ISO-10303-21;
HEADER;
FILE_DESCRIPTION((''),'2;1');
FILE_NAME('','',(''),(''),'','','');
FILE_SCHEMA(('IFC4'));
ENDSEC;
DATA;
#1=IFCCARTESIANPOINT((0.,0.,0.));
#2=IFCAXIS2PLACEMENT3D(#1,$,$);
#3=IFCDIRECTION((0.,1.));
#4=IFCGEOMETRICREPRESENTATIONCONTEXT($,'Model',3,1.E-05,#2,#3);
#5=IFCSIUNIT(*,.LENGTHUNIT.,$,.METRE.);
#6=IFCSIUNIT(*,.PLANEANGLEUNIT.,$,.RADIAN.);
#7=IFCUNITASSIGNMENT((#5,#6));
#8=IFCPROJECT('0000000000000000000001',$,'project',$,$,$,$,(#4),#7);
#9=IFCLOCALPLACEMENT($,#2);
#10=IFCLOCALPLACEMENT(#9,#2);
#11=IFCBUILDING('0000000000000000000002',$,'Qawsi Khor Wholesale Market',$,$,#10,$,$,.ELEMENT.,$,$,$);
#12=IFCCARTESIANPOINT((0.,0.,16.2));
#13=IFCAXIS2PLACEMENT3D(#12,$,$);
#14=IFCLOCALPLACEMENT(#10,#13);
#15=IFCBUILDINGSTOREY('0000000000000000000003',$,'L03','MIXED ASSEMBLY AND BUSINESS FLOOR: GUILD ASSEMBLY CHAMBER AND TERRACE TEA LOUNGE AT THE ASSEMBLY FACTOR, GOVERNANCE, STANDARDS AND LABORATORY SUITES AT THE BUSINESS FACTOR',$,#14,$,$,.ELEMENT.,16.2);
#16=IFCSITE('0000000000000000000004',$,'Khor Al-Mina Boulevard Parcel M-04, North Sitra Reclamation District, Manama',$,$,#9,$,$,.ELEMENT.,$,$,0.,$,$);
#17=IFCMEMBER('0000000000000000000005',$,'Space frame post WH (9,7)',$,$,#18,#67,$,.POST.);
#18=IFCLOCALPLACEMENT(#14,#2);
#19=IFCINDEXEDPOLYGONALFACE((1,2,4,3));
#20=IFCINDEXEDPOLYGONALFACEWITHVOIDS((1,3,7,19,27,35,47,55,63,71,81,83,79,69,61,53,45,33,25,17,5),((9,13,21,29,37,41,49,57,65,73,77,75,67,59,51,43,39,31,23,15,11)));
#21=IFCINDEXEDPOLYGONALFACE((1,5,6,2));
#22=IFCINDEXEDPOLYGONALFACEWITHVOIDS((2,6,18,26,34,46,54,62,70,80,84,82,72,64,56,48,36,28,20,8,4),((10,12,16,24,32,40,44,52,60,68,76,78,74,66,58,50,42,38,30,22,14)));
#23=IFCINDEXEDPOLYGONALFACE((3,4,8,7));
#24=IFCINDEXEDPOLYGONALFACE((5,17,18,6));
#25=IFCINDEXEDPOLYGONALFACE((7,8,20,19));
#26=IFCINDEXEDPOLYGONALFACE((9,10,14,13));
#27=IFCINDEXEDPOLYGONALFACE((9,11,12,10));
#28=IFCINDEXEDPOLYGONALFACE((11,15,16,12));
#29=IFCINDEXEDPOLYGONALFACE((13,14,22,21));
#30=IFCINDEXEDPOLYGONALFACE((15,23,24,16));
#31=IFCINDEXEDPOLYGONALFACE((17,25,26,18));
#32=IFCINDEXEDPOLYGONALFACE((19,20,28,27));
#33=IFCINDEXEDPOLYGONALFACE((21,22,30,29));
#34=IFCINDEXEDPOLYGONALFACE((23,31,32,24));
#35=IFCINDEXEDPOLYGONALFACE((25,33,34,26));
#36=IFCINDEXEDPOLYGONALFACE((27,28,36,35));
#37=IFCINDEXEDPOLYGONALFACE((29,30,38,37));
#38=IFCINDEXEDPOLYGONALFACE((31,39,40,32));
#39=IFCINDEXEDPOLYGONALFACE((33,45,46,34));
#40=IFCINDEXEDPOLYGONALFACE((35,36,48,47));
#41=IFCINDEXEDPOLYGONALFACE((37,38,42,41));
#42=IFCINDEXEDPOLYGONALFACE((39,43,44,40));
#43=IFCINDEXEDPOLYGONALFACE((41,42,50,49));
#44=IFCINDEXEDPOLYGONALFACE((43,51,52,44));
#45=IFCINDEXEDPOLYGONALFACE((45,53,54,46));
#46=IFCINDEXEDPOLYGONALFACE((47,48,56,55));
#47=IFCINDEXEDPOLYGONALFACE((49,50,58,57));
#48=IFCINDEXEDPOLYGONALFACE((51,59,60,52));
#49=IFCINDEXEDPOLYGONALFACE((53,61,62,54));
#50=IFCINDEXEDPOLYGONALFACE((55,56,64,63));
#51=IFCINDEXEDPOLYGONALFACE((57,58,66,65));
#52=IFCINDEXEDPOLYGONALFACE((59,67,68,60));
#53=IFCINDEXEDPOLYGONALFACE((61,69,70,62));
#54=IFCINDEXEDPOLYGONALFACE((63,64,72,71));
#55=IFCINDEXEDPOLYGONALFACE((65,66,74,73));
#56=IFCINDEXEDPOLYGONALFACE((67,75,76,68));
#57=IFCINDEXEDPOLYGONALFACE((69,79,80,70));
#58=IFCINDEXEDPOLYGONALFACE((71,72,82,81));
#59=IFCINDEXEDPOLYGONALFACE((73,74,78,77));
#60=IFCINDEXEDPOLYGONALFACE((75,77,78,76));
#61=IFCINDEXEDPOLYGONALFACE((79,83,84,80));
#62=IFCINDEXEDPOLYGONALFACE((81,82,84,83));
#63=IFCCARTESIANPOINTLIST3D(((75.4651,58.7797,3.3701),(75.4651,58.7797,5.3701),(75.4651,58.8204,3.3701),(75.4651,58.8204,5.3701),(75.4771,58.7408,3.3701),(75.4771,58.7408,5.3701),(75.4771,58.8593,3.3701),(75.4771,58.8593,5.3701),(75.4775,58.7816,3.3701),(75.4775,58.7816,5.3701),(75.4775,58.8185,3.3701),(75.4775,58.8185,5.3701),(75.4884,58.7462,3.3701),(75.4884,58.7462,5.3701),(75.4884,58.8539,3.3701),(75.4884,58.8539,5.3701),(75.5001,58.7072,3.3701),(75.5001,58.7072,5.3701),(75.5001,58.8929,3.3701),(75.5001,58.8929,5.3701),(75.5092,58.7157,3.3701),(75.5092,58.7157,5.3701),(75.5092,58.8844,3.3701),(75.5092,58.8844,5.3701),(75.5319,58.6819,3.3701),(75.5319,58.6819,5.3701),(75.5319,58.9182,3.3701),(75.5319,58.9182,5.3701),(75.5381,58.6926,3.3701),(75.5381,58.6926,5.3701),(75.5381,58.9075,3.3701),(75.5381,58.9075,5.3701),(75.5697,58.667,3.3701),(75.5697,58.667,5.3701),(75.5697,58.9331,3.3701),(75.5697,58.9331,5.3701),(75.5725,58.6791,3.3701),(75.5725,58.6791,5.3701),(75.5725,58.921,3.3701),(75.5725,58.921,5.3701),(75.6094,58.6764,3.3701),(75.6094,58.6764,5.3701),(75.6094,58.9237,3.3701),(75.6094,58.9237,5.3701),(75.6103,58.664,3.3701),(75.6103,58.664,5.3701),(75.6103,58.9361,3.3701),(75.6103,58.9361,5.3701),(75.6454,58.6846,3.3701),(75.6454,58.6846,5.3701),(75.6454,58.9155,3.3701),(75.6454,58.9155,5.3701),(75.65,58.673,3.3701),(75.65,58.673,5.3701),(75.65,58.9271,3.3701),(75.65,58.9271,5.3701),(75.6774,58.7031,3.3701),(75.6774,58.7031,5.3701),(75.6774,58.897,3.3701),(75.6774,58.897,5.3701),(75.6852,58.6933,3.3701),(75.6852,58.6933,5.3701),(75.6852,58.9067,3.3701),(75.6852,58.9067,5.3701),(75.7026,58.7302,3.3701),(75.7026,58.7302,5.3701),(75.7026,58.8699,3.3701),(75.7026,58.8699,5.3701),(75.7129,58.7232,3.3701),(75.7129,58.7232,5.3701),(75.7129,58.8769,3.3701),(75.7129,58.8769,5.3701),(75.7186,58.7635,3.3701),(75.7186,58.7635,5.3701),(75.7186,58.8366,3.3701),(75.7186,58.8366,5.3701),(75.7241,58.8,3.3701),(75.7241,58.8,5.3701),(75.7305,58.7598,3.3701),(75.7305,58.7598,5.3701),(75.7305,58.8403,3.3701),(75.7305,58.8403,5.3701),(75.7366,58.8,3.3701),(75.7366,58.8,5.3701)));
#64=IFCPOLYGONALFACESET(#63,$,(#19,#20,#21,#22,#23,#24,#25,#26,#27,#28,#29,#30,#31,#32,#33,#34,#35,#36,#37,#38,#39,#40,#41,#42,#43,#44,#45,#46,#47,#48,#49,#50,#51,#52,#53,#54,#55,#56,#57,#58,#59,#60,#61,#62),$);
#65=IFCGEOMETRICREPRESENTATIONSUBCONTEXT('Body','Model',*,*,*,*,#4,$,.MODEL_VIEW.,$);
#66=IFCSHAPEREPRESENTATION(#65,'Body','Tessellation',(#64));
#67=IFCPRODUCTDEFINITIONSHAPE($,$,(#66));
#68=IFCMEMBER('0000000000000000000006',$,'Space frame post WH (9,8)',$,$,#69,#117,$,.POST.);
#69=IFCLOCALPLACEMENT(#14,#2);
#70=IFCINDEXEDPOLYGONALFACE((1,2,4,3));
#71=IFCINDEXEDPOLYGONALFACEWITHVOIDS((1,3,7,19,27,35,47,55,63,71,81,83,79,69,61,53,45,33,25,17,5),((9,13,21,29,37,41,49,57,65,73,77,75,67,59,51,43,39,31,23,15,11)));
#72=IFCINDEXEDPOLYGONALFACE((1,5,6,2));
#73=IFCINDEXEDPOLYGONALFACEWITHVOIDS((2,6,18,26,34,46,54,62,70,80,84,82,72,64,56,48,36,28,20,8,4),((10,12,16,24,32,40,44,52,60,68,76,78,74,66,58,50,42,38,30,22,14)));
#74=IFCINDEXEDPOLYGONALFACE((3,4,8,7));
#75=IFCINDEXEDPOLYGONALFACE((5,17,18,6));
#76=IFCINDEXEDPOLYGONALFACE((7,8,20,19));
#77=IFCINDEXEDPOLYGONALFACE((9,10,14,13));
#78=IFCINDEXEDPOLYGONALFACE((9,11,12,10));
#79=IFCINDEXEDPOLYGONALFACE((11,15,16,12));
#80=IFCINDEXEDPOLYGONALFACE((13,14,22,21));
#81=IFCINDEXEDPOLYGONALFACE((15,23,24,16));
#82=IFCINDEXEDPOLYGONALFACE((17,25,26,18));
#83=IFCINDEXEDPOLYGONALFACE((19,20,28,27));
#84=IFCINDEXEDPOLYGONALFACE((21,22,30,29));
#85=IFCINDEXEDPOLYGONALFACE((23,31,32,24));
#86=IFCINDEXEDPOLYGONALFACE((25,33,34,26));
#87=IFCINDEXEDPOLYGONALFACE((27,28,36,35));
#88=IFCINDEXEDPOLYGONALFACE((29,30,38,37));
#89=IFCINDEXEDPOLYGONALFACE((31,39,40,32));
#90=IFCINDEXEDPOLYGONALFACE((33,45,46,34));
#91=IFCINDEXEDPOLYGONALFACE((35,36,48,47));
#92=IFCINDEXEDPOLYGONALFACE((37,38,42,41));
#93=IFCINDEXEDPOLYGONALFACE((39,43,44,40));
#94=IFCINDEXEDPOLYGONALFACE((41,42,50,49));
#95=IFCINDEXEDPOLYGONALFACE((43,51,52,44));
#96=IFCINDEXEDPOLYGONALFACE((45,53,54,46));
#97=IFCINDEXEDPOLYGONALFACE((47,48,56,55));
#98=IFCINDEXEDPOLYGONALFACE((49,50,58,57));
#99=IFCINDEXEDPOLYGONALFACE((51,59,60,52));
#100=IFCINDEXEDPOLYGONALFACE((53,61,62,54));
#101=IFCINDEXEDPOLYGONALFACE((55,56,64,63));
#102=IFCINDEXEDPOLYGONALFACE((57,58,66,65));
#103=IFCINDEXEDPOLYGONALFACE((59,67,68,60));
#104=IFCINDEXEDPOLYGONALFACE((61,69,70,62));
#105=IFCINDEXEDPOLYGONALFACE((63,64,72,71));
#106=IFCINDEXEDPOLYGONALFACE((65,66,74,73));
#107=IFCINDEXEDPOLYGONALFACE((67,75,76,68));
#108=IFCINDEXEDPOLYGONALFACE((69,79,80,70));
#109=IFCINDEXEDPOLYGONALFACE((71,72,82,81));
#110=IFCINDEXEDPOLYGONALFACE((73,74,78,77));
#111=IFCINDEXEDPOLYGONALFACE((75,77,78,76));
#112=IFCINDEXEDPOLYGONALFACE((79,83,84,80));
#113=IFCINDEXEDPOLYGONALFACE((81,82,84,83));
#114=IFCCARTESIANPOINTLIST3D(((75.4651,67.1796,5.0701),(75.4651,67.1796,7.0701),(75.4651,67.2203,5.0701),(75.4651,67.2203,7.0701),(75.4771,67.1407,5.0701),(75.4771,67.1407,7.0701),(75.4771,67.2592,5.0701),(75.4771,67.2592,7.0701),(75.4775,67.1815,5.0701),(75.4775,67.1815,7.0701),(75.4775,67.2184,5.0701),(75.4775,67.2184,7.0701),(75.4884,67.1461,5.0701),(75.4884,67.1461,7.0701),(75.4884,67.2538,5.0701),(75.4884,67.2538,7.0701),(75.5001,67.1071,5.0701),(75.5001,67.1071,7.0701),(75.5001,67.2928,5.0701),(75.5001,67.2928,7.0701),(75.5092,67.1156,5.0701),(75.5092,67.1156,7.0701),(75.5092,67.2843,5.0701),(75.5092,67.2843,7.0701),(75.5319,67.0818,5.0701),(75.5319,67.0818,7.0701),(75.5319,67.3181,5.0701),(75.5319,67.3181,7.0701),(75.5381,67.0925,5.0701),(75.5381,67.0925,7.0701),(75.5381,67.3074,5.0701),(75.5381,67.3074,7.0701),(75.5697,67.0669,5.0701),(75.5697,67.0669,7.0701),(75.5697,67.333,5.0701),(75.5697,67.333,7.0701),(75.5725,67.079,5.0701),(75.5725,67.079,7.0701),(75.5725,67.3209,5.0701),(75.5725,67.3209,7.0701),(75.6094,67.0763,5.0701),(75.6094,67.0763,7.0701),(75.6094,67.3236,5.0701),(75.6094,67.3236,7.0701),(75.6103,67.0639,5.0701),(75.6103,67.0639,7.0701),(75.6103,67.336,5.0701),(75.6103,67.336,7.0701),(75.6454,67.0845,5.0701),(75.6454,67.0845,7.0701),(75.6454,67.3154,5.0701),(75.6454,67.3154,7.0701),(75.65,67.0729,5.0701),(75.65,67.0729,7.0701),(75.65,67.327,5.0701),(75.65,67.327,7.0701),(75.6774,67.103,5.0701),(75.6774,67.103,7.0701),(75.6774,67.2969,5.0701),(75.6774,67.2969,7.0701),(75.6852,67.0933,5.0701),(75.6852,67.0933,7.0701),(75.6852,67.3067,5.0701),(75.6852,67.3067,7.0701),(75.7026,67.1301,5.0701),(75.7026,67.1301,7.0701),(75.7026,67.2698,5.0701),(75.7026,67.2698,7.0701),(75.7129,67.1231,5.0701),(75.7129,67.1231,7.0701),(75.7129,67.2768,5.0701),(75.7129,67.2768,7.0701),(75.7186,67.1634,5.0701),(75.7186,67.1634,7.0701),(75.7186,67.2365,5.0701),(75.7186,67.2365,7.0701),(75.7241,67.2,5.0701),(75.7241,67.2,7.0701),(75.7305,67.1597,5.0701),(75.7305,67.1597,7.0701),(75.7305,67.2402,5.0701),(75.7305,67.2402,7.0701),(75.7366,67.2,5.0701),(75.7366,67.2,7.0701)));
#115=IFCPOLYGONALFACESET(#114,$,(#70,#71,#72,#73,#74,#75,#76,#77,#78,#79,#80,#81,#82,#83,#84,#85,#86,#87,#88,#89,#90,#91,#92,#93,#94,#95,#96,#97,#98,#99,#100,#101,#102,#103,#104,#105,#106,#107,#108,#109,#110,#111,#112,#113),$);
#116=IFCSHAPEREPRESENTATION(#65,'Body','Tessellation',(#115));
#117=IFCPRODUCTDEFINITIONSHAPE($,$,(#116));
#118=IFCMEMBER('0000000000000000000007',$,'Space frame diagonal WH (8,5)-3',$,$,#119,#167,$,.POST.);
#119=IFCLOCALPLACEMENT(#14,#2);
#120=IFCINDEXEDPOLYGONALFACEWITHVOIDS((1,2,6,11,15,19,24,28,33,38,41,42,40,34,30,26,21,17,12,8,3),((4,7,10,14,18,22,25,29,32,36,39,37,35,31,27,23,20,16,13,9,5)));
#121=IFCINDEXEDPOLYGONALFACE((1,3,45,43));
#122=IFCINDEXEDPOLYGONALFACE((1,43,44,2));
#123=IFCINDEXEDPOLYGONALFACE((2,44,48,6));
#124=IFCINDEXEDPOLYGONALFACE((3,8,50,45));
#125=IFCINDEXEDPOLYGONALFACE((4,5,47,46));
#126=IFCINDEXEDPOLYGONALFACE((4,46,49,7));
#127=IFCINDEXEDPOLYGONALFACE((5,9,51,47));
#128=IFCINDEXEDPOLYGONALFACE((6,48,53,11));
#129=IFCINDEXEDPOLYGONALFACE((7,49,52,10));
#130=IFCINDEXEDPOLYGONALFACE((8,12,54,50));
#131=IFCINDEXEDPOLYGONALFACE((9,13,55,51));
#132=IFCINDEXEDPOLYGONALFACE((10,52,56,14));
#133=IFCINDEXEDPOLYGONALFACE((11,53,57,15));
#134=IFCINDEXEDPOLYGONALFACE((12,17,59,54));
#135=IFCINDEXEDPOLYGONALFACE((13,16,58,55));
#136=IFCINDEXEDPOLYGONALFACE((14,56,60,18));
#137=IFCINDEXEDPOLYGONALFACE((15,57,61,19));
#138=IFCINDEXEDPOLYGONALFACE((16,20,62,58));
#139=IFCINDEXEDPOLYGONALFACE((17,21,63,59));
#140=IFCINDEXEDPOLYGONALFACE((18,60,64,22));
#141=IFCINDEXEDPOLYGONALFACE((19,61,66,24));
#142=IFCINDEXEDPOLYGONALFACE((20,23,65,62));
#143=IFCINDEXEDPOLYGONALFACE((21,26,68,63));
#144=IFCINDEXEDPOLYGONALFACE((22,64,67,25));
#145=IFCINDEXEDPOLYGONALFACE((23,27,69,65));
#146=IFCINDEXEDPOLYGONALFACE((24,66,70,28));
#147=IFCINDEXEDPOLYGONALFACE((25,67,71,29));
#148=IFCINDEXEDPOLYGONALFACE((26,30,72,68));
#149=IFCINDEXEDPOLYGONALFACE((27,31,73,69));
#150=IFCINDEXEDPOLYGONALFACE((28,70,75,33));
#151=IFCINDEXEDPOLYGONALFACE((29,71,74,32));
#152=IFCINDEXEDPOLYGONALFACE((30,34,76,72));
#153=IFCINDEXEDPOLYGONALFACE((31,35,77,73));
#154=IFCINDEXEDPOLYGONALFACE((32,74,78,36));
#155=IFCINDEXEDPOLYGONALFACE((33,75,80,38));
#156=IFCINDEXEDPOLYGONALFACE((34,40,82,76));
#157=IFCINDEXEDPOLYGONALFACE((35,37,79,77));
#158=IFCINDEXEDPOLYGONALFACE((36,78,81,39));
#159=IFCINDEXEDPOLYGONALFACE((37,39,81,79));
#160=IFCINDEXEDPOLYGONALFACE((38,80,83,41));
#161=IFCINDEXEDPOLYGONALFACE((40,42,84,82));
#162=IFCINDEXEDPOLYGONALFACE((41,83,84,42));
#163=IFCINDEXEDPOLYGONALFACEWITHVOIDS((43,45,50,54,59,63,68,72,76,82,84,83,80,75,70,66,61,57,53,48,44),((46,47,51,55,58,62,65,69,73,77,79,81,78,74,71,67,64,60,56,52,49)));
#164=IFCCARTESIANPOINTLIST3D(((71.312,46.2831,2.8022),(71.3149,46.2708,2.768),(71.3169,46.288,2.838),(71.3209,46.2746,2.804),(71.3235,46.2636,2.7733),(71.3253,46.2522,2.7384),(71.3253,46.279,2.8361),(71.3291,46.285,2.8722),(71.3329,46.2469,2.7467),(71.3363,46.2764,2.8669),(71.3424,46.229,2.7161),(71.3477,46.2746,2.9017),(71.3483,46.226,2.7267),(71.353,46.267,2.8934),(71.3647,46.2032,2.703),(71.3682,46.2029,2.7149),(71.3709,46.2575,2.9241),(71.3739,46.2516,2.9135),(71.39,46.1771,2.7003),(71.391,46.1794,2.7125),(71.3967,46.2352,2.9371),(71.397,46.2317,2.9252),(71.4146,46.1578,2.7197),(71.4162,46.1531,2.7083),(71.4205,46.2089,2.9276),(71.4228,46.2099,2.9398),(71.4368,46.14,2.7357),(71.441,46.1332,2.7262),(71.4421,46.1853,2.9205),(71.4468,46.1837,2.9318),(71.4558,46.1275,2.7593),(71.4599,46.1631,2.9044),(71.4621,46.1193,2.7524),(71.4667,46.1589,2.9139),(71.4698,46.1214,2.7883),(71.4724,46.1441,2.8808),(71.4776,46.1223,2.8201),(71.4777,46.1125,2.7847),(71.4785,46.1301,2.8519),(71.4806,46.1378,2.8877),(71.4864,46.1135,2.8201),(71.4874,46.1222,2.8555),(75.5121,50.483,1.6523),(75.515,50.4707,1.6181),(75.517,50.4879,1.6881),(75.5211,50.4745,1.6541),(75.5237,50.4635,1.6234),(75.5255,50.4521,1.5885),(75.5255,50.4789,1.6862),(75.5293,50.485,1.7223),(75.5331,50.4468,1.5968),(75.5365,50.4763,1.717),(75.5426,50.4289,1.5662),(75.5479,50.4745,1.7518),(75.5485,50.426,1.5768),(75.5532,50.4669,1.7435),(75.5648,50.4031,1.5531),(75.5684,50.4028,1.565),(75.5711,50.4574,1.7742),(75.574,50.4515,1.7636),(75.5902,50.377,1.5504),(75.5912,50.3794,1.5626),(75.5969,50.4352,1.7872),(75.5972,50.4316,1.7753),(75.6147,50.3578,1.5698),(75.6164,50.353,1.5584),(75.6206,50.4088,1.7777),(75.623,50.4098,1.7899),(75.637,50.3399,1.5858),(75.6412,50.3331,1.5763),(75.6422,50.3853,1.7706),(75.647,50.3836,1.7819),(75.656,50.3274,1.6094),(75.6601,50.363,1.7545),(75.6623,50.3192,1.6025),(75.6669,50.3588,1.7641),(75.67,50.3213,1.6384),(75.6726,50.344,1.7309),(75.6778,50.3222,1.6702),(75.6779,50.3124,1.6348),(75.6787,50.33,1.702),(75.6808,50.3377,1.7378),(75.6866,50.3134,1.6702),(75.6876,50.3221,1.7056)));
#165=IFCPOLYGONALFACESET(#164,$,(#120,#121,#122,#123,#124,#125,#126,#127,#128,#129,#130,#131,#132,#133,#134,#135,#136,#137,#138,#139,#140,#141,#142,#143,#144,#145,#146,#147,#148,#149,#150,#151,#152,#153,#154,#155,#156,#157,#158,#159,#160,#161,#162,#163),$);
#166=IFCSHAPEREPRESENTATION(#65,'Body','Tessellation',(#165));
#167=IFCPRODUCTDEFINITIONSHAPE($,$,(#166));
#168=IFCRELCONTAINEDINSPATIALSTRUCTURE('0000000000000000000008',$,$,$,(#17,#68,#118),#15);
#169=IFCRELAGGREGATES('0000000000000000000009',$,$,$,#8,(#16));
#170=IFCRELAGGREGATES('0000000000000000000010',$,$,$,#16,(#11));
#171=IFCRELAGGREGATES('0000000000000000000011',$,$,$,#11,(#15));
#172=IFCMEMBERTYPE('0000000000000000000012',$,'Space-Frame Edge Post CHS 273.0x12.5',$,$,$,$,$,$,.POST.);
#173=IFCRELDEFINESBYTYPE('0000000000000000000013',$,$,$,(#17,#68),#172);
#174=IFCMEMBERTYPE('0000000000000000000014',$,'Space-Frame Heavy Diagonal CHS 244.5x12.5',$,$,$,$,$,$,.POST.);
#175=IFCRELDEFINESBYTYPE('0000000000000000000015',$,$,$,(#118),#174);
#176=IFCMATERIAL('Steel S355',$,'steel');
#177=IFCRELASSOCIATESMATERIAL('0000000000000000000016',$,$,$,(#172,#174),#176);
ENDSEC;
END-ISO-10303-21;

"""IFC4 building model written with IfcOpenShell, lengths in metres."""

from ifc_helpers import new_model, si_unit, direction, frame, origin, origin_2d, place, context, subcontext, project, spatial, hollow_circle, extrude, material, material_profile, profile_set, type_object, element, save


model = new_model("IFC4")

# Units and contexts
model_context = context("Model", 3, precision=1e-05, world=origin(), true_north=direction((0.0, 1.0)))
body_context = subcontext(model_context, "Body", "Model", "MODEL_VIEW")
ifc_project = project(units=[si_unit("LENGTHUNIT", "METRE"), si_unit("PLANEANGLEUNIT", "RADIAN")], contexts=[model_context])

# Site, building, storey
site_placement = place(None, origin())
site = spatial("IfcSite", under=ifc_project, at=site_placement, Name="Khor Al-Mina Boulevard Parcel M-04, North Sitra Reclamation District, Manama", CompositionType="ELEMENT", RefElevation=0.0)
building_placement = place(site_placement, origin())
building = spatial("IfcBuilding", under=site, at=building_placement, Name="Qawsi Khor Wholesale Market", CompositionType="ELEMENT")
storey_placement = place(building_placement, frame((0.0, 0.0, 16.2)))
storey = spatial("IfcBuildingStorey", under=building, at=storey_placement, Name="L03", Description="MIXED ASSEMBLY AND BUSINESS FLOOR: GUILD ASSEMBLY CHAMBER AND TERRACE TEA LOUNGE AT THE ASSEMBLY FACTOR, GOVERNANCE, STANDARDS AND LABORATORY SUITES AT THE BUSINESS FACTOR", CompositionType="ELEMENT", Elevation=16.2)

# Shared definitions
ifc_material_1 = material(Name="Steel S355", Category="steel")

# Members
ifc_material_profile_1 = material_profile(ifc_material_1, hollow_circle(Radius=0.1365, WallThickness=0.0125, at=origin_2d()), Name="CHS 273.0x12.5")
ifc_profile_set_1 = profile_set([ifc_material_profile_1], Name="Steel S355")
member_type_1 = type_object("IfcMemberType", Name="Space-Frame Edge Post CHS 273.0x12.5", PredefinedType="POST", material=ifc_profile_set_1)
for number, where, z_axis, x_axis, name in (
    (1, (75.6001, 58.8, 3.3701), (0.0, 0.0, 1.0), (1.0, 0.0, 0.0), "Space frame post WH (9,7)"),
    (2, (75.6001, 67.2, 5.0701), (0.0, 0.0, 1.0), (1.0, 0.0, 0.0), "Space frame post WH (9,8)"),
):
    element("IfcMember", number, at=place(storey_placement, frame(where, z_axis=z_axis, x_axis=x_axis)), inside=storey, type_object=member_type_1, Name=name, PredefinedType="POST", context=body_context, shape_type="SweptSolid", body=[
        extrude(hollow_circle(Radius=0.1365, WallThickness=0.0125, at=origin_2d()), origin(), (0.0, 0.0, 1.0), 2.0),
    ])
ifc_material_profile_2 = material_profile(ifc_material_1, hollow_circle(Radius=0.1223, WallThickness=0.0125, at=origin_2d()), Name="CHS 244.5x12.5")
ifc_profile_set_2 = profile_set([ifc_material_profile_2], Name="Steel S355")
member_type_2 = type_object("IfcMemberType", Name="Space-Frame Heavy Diagonal CHS 244.5x12.5", PredefinedType="POST", material=ifc_profile_set_2)
member_1_placement = place(storey_placement, frame((75.6001, 50.3999, 1.6702), z_axis=(-0.694238, -0.694197, 0.190064), x_axis=(0.707086, -0.707127, 0.0)))
element("IfcMember", 3, at=member_1_placement, inside=storey, type_object=member_type_2, Name="Space frame diagonal WH (8,5)-3", PredefinedType="POST", context=body_context, shape_type="SweptSolid", body=[
    extrude(hollow_circle(Radius=0.1223, WallThickness=0.0125, at=origin_2d()), origin(), (0.0, 0.0, 1.0), 6.05),
])

save(model, "model.ifc")
